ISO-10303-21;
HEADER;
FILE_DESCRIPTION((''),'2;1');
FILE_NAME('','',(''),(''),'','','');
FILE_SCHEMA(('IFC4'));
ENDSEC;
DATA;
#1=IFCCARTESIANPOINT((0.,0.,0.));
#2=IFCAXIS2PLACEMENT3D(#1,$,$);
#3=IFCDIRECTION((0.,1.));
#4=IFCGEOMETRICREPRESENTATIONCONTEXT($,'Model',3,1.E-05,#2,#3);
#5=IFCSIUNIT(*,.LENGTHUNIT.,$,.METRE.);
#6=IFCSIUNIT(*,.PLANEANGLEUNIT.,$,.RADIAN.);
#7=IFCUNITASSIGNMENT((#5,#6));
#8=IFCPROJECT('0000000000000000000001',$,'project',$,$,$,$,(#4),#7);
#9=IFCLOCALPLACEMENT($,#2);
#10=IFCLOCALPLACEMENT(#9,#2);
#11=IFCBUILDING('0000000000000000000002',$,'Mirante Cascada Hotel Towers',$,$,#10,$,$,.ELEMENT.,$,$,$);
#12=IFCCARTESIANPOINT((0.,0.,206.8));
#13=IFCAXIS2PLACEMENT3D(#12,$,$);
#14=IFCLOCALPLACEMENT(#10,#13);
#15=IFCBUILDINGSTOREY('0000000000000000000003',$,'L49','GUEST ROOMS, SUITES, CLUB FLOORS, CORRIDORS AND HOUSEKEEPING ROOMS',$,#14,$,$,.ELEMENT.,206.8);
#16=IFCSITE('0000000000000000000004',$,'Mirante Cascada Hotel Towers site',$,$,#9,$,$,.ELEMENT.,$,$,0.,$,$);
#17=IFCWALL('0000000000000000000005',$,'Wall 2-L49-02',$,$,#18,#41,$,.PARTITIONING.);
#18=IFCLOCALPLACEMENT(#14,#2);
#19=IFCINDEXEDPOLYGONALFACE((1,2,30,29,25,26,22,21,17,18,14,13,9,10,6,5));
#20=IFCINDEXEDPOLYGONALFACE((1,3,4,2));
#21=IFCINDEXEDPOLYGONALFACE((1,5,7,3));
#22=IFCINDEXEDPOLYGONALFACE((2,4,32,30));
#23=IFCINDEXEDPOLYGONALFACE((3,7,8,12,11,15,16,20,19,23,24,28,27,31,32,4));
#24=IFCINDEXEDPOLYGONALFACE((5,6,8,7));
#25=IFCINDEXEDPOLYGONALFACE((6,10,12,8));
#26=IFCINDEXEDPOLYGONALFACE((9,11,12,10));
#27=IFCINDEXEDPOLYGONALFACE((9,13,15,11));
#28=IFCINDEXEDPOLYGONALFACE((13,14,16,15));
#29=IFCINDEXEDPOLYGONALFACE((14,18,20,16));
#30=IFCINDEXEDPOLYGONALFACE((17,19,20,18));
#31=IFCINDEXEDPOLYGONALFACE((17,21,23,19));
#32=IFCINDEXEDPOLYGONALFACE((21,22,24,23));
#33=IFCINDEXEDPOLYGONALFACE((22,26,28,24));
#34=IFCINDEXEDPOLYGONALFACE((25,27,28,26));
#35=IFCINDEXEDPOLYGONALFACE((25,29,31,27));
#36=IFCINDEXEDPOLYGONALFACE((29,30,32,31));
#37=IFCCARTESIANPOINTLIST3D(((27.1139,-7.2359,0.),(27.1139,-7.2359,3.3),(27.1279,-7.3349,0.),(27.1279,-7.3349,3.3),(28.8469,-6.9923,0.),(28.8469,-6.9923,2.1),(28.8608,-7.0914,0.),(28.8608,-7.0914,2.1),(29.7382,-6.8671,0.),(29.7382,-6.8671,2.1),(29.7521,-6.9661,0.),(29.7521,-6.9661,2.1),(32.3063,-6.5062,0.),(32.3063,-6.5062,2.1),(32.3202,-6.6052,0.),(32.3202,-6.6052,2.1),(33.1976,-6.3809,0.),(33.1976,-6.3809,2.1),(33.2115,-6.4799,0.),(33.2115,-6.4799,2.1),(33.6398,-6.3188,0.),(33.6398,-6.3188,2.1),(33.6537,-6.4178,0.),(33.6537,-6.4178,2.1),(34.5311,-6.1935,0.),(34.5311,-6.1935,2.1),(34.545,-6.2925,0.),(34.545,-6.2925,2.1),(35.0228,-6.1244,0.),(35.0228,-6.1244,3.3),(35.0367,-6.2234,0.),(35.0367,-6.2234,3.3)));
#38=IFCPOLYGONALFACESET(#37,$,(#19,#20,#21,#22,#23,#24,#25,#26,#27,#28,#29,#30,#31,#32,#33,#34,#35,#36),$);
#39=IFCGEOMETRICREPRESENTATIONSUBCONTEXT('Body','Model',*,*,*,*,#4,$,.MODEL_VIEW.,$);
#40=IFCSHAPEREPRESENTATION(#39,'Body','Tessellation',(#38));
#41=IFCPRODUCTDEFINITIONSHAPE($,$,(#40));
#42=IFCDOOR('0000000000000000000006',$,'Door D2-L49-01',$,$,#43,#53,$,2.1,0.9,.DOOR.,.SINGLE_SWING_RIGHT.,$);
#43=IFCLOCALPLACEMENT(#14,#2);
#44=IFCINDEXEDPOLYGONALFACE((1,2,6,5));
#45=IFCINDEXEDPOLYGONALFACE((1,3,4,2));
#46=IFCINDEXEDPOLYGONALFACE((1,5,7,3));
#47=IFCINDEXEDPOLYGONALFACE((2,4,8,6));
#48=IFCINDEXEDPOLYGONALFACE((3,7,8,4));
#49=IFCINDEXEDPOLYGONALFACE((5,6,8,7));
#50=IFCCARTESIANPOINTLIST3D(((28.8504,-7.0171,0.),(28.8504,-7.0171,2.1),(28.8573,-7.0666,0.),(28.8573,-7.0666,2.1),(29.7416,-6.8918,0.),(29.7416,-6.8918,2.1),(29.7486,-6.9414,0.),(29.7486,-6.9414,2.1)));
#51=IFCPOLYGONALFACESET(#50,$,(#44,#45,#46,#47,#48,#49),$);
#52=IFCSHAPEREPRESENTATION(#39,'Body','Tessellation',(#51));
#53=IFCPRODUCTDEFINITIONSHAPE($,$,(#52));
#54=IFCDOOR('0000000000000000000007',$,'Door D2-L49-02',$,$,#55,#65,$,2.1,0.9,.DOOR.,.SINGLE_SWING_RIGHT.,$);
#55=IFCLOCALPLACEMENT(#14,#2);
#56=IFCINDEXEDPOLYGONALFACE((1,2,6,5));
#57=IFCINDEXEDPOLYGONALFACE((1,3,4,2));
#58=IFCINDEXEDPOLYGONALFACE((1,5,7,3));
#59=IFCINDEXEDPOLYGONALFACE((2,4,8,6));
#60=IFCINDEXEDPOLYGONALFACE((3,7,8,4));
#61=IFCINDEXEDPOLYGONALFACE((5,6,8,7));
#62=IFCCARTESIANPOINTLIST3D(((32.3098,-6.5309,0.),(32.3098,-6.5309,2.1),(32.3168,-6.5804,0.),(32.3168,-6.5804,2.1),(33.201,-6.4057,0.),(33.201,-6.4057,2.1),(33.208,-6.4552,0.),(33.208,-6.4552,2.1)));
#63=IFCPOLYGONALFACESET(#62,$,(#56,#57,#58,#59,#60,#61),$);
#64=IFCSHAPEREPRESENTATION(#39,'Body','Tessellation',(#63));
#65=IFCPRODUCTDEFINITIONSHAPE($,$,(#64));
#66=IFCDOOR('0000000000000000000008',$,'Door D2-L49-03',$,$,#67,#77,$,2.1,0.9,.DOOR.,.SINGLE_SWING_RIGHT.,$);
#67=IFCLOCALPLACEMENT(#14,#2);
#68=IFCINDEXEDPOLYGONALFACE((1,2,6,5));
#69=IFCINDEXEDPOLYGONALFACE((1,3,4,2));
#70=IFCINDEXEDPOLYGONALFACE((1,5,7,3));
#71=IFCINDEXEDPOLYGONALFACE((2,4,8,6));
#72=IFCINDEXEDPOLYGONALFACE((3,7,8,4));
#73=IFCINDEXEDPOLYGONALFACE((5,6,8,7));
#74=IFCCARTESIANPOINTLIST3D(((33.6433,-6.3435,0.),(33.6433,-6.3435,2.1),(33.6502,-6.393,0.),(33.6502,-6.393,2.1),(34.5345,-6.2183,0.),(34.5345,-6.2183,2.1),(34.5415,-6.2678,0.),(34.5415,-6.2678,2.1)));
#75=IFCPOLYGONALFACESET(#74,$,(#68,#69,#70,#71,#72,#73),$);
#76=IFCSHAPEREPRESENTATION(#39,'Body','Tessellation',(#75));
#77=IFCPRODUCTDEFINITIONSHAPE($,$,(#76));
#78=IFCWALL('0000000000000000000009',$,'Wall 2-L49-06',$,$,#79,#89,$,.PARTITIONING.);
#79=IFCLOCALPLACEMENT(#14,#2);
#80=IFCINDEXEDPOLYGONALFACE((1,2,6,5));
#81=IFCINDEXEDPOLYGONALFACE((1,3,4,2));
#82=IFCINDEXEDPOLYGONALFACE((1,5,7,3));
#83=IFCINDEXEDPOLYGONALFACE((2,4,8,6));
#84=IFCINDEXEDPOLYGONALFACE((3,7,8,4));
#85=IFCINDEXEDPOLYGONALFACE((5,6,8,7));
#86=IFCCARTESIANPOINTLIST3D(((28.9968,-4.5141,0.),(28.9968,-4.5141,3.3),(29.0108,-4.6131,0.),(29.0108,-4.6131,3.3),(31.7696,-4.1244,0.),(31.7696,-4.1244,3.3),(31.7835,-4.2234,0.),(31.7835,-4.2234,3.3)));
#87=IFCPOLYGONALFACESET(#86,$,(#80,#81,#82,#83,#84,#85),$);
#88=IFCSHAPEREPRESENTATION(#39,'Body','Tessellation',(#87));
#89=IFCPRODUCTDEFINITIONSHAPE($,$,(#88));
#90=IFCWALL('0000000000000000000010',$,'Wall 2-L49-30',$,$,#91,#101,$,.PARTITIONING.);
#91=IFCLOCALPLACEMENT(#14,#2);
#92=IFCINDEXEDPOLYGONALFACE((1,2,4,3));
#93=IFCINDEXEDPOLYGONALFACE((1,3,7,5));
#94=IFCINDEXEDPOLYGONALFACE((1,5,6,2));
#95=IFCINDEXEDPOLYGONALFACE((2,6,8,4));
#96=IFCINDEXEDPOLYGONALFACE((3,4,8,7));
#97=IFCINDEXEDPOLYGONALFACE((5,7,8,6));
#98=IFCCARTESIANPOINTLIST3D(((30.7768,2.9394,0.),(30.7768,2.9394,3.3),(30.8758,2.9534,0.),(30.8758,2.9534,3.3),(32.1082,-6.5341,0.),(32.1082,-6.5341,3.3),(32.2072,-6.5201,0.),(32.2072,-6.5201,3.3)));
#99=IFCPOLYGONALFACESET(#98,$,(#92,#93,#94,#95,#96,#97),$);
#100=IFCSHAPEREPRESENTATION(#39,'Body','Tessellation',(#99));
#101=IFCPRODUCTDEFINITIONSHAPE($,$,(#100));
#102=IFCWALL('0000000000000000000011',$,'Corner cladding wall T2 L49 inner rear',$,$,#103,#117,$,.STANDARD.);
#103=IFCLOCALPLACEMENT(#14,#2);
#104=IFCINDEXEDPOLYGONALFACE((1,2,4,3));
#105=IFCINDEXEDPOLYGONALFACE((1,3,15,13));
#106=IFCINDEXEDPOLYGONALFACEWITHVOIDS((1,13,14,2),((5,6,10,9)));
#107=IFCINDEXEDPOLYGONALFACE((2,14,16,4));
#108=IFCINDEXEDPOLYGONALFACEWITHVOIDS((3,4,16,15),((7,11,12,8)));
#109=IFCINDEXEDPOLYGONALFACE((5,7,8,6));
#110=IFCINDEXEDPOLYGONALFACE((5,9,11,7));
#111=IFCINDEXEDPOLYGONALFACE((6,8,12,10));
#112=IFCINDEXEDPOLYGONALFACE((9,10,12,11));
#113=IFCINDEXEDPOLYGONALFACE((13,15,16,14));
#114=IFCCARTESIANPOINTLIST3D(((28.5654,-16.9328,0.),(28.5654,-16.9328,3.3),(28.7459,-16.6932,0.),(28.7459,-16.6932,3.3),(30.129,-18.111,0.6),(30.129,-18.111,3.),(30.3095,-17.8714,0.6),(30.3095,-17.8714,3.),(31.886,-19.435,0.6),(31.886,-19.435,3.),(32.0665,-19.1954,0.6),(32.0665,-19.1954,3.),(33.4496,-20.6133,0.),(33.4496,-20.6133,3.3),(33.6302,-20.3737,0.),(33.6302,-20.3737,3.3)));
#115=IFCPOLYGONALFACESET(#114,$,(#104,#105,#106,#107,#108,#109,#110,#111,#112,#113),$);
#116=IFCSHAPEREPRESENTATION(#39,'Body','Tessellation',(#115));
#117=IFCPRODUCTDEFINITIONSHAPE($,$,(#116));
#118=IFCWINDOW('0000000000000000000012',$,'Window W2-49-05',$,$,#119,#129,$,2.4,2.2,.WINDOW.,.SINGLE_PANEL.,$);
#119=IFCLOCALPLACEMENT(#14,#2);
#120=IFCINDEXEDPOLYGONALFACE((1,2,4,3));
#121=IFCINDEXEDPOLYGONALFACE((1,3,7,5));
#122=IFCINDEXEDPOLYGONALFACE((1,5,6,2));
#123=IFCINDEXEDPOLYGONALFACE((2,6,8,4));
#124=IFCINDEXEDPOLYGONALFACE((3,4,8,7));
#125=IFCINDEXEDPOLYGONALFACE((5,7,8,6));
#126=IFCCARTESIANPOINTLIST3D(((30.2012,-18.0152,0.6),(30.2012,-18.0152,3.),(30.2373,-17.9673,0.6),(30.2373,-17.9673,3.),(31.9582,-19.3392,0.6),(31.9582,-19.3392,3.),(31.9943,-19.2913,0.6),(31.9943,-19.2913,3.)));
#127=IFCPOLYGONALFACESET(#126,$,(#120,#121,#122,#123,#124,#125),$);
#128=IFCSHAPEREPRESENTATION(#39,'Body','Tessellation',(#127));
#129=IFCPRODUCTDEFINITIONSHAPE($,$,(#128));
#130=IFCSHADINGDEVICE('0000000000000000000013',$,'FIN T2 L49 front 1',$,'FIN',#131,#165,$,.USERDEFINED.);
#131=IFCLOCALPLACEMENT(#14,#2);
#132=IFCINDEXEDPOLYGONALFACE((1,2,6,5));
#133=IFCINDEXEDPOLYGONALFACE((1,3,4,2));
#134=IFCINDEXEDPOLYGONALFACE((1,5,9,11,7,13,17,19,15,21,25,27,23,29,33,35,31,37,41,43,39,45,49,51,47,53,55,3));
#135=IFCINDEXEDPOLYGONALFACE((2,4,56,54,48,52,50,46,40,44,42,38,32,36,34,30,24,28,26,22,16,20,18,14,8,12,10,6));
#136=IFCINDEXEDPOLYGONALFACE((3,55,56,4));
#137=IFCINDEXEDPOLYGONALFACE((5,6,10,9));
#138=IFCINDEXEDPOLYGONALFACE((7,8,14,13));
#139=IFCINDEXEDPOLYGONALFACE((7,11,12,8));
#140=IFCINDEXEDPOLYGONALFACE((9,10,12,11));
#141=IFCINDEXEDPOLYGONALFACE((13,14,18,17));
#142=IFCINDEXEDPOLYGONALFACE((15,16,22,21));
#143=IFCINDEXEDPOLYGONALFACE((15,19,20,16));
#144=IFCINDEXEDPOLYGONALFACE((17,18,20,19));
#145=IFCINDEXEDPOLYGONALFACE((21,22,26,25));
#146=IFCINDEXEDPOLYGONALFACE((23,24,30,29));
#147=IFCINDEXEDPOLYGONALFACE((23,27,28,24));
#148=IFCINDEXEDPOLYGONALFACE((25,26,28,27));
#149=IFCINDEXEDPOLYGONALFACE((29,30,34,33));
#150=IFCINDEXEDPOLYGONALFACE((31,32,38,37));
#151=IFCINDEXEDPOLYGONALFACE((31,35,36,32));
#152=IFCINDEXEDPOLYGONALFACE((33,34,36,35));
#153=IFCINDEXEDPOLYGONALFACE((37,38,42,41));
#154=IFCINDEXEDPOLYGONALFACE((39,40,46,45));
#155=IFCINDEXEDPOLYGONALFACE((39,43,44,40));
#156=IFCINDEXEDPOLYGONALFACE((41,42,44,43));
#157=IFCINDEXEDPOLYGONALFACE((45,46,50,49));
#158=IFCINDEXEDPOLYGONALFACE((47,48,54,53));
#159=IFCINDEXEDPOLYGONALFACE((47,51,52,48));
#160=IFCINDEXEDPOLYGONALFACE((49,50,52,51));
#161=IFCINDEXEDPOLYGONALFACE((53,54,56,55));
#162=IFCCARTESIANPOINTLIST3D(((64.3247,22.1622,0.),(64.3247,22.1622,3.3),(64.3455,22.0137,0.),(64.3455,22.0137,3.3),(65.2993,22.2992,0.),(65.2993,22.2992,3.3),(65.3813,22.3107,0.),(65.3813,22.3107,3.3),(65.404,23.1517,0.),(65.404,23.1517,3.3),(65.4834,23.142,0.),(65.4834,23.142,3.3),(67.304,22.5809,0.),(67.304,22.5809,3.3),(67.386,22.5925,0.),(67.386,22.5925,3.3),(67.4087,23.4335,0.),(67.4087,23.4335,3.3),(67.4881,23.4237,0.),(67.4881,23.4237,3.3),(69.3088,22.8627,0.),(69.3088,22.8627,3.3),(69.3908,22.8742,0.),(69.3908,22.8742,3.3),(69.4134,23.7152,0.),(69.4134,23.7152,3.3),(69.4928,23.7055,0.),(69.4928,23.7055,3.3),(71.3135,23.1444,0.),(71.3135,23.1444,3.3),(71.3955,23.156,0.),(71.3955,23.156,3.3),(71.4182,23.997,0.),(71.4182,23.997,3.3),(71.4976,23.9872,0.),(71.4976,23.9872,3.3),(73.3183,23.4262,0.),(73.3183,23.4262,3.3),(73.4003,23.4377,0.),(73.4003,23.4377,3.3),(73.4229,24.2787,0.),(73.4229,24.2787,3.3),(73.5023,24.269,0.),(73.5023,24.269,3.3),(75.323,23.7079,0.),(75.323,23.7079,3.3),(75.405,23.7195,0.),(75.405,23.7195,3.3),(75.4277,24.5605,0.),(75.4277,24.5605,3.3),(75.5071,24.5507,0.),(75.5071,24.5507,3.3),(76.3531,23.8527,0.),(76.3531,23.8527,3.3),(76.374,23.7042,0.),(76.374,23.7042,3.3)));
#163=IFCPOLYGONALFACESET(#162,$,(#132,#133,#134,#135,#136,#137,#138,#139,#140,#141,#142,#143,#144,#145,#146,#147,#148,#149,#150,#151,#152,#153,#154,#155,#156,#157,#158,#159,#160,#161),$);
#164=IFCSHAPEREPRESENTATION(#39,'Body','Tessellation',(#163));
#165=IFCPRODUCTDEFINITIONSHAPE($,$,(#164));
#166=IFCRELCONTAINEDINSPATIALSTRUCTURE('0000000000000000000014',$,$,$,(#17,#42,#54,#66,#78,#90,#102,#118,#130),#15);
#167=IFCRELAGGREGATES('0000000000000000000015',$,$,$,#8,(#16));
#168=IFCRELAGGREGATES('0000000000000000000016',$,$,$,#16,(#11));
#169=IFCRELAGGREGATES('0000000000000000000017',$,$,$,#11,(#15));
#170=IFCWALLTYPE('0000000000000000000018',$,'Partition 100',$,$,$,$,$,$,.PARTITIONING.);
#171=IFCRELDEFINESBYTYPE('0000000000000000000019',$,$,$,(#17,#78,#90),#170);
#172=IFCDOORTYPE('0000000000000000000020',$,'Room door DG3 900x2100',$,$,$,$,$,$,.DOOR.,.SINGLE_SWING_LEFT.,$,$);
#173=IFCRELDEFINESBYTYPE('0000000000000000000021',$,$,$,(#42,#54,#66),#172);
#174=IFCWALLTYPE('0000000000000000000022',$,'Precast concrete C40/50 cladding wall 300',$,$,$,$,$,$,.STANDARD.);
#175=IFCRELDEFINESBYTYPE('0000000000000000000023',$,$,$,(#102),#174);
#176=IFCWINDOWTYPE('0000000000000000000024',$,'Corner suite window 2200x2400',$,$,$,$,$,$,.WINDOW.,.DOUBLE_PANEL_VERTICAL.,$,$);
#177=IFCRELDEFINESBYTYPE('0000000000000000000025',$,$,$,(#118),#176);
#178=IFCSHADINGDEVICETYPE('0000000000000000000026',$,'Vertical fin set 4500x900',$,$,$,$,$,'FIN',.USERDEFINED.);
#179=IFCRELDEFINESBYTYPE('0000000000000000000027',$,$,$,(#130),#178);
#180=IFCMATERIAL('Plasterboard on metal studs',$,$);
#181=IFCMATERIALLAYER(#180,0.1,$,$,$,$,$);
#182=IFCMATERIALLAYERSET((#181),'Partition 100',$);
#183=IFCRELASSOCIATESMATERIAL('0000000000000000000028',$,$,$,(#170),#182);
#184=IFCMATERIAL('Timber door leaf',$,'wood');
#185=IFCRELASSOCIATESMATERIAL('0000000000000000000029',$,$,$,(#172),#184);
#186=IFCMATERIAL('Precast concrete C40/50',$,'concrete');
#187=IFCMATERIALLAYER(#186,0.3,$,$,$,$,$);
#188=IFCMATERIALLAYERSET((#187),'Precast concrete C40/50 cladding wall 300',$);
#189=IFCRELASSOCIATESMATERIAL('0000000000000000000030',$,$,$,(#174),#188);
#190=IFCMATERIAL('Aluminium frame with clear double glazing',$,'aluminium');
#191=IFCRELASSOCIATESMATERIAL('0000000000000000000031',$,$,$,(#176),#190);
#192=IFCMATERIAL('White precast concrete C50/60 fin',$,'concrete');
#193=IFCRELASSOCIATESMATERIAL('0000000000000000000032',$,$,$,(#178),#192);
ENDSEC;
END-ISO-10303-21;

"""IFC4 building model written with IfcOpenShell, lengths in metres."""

from ifc_helpers import new_model, si_unit, direction, frame, frame_2d, origin, place, context, subcontext, project, spatial, polyline, rectangle, outline, extrude, material, layer, layer_set, type_object, element, fill, save


model = new_model("IFC4")

# Units and contexts
model_context = context("Model", 3, precision=1e-05, world=origin(), true_north=direction((0.0, 1.0)))
body_context = subcontext(model_context, "Body", "Model", "MODEL_VIEW")
ifc_project = project(units=[si_unit("LENGTHUNIT", "METRE"), si_unit("PLANEANGLEUNIT", "RADIAN")], contexts=[model_context])

# Site, building, storey
site_placement = place(None, origin())
site = spatial("IfcSite", under=ifc_project, at=site_placement, Name="Mirante Cascada Hotel Towers site", CompositionType="ELEMENT", RefElevation=0.0)
building_placement = place(site_placement, origin())
building = spatial("IfcBuilding", under=site, at=building_placement, Name="Mirante Cascada Hotel Towers", CompositionType="ELEMENT")
storey_placement = place(building_placement, frame((0.0, 0.0, 206.8)))
storey = spatial("IfcBuildingStorey", under=building, at=storey_placement, Name="L49", Description="GUEST ROOMS, SUITES, CLUB FLOORS, CORRIDORS AND HOUSEKEEPING ROOMS", CompositionType="ELEMENT", Elevation=206.8)

# Shared definitions
ifc_material_1 = material(Name="Plasterboard on metal studs")
ifc_layer_1 = layer(ifc_material_1, 0.1)
ifc_layer_set_1 = layer_set([ifc_layer_1], Name="Partition 100")
wall_type_1 = type_object("IfcWallType", Name="Partition 100", PredefinedType="PARTITIONING", material=ifc_layer_set_1)

# Wall, openings, doors
wall_1_placement = place(storey_placement, frame((27.1209, -7.2854, 0.0), z_axis=(0.0, 0.0, 1.0), x_axis=(0.990268, 0.13917, 0.0)))
wall_1 = element("IfcWall", 1, at=wall_1_placement, inside=storey, type_object=wall_type_1, Name="Wall 2-L49-02", PredefinedType="PARTITIONING", context=body_context, shape_type="SweptSolid", body=[
    extrude(rectangle(XDim=7.9866, YDim=0.1, at=frame_2d((3.9933, 0.0))), origin(), (0.0, 0.0, 1.0), 3.3),
])
opening_1_placement = place(wall_1_placement, frame((1.75, 0.0, 0.0)))
opening_1 = element("IfcOpeningElement", 2, at=opening_1_placement, cuts=wall_1, PredefinedType="OPENING", context=body_context, shape_type="SweptSolid", body=[
    extrude(rectangle(XDim=0.9, YDim=2.1, at=frame_2d((0.45, 1.05))), frame((0.0, 0.05, 0.0), z_axis=(0.0, -1.0, 0.0), x_axis=(1.0, 0.0, 0.0)), (0.0, 0.0, 1.0), 0.1),
])
opening_2_placement = place(wall_1_placement, frame((5.2434, 0.0, 0.0)))
opening_2 = element("IfcOpeningElement", 3, at=opening_2_placement, cuts=wall_1, PredefinedType="OPENING", context=body_context, shape_type="SweptSolid", body=[
    extrude(rectangle(XDim=0.9, YDim=2.1, at=frame_2d((0.45, 1.05))), frame((0.0, 0.05, 0.0), z_axis=(0.0, -1.0, 0.0), x_axis=(1.0, 0.0, 0.0)), (0.0, 0.0, 1.0), 0.1),
])
opening_3_placement = place(wall_1_placement, frame((6.59, 0.0, 0.0)))
opening_3 = element("IfcOpeningElement", 4, at=opening_3_placement, cuts=wall_1, PredefinedType="OPENING", context=body_context, shape_type="SweptSolid", body=[
    extrude(rectangle(XDim=0.9, YDim=2.1, at=frame_2d((0.45, 1.05))), frame((0.0, 0.05, 0.0), z_axis=(0.0, -1.0, 0.0), x_axis=(1.0, 0.0, 0.0)), (0.0, 0.0, 1.0), 0.1),
])
ifc_material_2 = material(Name="Timber door leaf", Category="wood")
door_type = type_object("IfcDoorType", Name="Room door DG3 900x2100", OperationType="SINGLE_SWING_LEFT", PredefinedType="DOOR", material=ifc_material_2)
door_1_placement = place(opening_1_placement, frame((0.9, 0.0, 0.0), z_axis=(0.0, 0.0, 1.0), x_axis=(-1.0, 0.0, 0.0)))
door_1 = element("IfcDoor", 5, at=door_1_placement, inside=storey, type_object=door_type, Name="Door D2-L49-01", OperationType="SINGLE_SWING_RIGHT", OverallHeight=2.1, OverallWidth=0.9, PredefinedType="DOOR", context=body_context, shape_type="SweptSolid", body=[
    extrude(rectangle(XDim=0.9, YDim=2.1, at=frame_2d((0.45, 1.05))), frame((0.0, 0.025, 0.0), z_axis=(0.0, -1.0, 0.0), x_axis=(1.0, 0.0, 0.0)), (0.0, 0.0, 1.0), 0.05),
])
fill(opening_1, door_1)
door_2_placement = place(opening_2_placement, frame((0.9, 0.0, 0.0), z_axis=(0.0, 0.0, 1.0), x_axis=(-1.0, 0.0, 0.0)))
door_2 = element("IfcDoor", 6, at=door_2_placement, inside=storey, type_object=door_type, Name="Door D2-L49-02", OperationType="SINGLE_SWING_RIGHT", OverallHeight=2.1, OverallWidth=0.9, PredefinedType="DOOR", context=body_context, shape_type="SweptSolid", body=[
    extrude(rectangle(XDim=0.9, YDim=2.1, at=frame_2d((0.45, 1.05))), frame((0.0, 0.025, 0.0), z_axis=(0.0, -1.0, 0.0), x_axis=(1.0, 0.0, 0.0)), (0.0, 0.0, 1.0), 0.05),
])
fill(opening_2, door_2)
door_3_placement = place(opening_3_placement, frame((0.9, 0.0, 0.0), z_axis=(0.0, 0.0, 1.0), x_axis=(-1.0, 0.0, 0.0)))
door_3 = element("IfcDoor", 7, at=door_3_placement, inside=storey, type_object=door_type, Name="Door D2-L49-03", OperationType="SINGLE_SWING_RIGHT", OverallHeight=2.1, OverallWidth=0.9, PredefinedType="DOOR", context=body_context, shape_type="SweptSolid", body=[
    extrude(rectangle(XDim=0.9, YDim=2.1, at=frame_2d((0.45, 1.05))), frame((0.0, 0.025, 0.0), z_axis=(0.0, -1.0, 0.0), x_axis=(1.0, 0.0, 0.0)), (0.0, 0.0, 1.0), 0.05),
])
fill(opening_3, door_3)

# Walls
wall_2_placement = place(storey_placement, frame((29.0038, -4.5636, 0.0), z_axis=(0.0, 0.0, 1.0), x_axis=(0.990267, 0.139181, 0.0)))
element("IfcWall", 8, at=wall_2_placement, inside=storey, type_object=wall_type_1, Name="Wall 2-L49-06", PredefinedType="PARTITIONING", context=body_context, shape_type="SweptSolid", body=[
    extrude(rectangle(XDim=2.8, YDim=0.1, at=frame_2d((1.4, 0.0))), origin(), (0.0, 0.0, 1.0), 3.3),
])
wall_3_placement = place(storey_placement, frame((32.1577, -6.5271, 0.0), z_axis=(0.0, 0.0, 1.0), x_axis=(-0.139172, 0.990268, 0.0)))
element("IfcWall", 9, at=wall_3_placement, inside=storey, type_object=wall_type_1, Name="Wall 2-L49-30", PredefinedType="PARTITIONING", context=body_context, shape_type="SweptSolid", body=[
    extrude(rectangle(XDim=9.5666, YDim=0.1, at=frame_2d((4.7833, 0.0))), origin(), (0.0, 0.0, 1.0), 3.3),
])

# Wall, opening, window
ifc_material_3 = material(Name="Precast concrete C40/50", Category="concrete")
ifc_layer_2 = layer(ifc_material_3, 0.3)
ifc_layer_set_2 = layer_set([ifc_layer_2], Name="Precast concrete C40/50 cladding wall 300")
wall_type_2 = type_object("IfcWallType", Name="Precast concrete C40/50 cladding wall 300", PredefinedType="STANDARD", material=ifc_layer_set_2)
wall_4_placement = place(storey_placement, frame((28.6557, -16.813, 0.0), z_axis=(0.0, 0.0, 1.0), x_axis=(0.798636, -0.601814, 0.0)))
wall_4 = element("IfcWall", 10, at=wall_4_placement, inside=storey, type_object=wall_type_2, Name="Corner cladding wall T2 L49 inner rear", PredefinedType="STANDARD", context=body_context, shape_type="SweptSolid", body=[
    extrude(rectangle(XDim=6.1157, YDim=0.3, at=frame_2d((3.0578, 0.0))), origin(), (0.0, 0.0, 1.0), 3.3),
])
opening_4_placement = place(wall_4_placement, frame((1.9578, 0.0, 0.6)))
opening_4 = element("IfcOpeningElement", 11, at=opening_4_placement, cuts=wall_4, PredefinedType="OPENING", context=body_context, shape_type="SweptSolid", body=[
    extrude(rectangle(XDim=2.2, YDim=2.4, at=frame_2d((1.1, 1.2))), frame((0.0, 0.15, 0.0), z_axis=(0.0, -1.0, 0.0), x_axis=(1.0, 0.0, 0.0)), (0.0, 0.0, 1.0), 0.3),
])
ifc_material_4 = material(Name="Aluminium frame with clear double glazing", Category="aluminium")
window_type = type_object("IfcWindowType", Name="Corner suite window 2200x2400", PartitioningType="DOUBLE_PANEL_VERTICAL", PredefinedType="WINDOW", material=ifc_material_4)
window_placement = place(opening_4_placement, origin())
window = element("IfcWindow", 12, at=window_placement, inside=storey, type_object=window_type, Name="Window W2-49-05", OverallHeight=2.4, OverallWidth=2.2, PartitioningType="SINGLE_PANEL", PredefinedType="WINDOW", context=body_context, shape_type="SweptSolid", body=[
    extrude(rectangle(XDim=2.2, YDim=2.4, at=frame_2d((1.1, 1.2))), frame((0.0, 0.03, 0.0), z_axis=(0.0, -1.0, 0.0), x_axis=(1.0, 0.0, 0.0)), (0.0, 0.0, 1.0), 0.06),
])
fill(opening_4, window)

# Shading device
ifc_material_5 = material(Name="White precast concrete C50/60 fin", Category="concrete")
shading_device_type = type_object("IfcShadingDeviceType", Name="Vertical fin set 4500x900", ElementType="FIN", PredefinedType="USERDEFINED", material=ifc_material_5)
shading_device_1_placement = place(storey_placement, origin())
element("IfcShadingDevice", 13, at=shading_device_1_placement, inside=storey, type_object=shading_device_type, Name="FIN T2 L49 front 1", ObjectType="FIN", PredefinedType="USERDEFINED", context=body_context, shape_type="SweptSolid", body=[
    extrude(outline(polyline([(65.4834, 23.142), (65.3813, 22.3107), (67.304, 22.5809), (67.4087, 23.4335), (67.4881, 23.4237), (67.386, 22.5925), (69.3088, 22.8627), (69.4134, 23.7152), (69.4928, 23.7055), (69.3908, 22.8742), (71.3135, 23.1444), (71.4182, 23.997), (71.4976, 23.9872), (71.3955, 23.156), (73.3183, 23.4262), (73.4229, 24.2787), (73.5023, 24.269), (73.4003, 23.4377), (75.323, 23.7079), (75.4277, 24.5605), (75.5071, 24.5507), (75.405, 23.7195), (76.3531, 23.8527), (76.374, 23.7042), (64.3455, 22.0137), (64.3247, 22.1622), (65.2993, 22.2992), (65.404, 23.1517), (65.4834, 23.142)])), origin(), (0.0, 0.0, 1.0), 3.3),
])

save(model, "model.ifc")
